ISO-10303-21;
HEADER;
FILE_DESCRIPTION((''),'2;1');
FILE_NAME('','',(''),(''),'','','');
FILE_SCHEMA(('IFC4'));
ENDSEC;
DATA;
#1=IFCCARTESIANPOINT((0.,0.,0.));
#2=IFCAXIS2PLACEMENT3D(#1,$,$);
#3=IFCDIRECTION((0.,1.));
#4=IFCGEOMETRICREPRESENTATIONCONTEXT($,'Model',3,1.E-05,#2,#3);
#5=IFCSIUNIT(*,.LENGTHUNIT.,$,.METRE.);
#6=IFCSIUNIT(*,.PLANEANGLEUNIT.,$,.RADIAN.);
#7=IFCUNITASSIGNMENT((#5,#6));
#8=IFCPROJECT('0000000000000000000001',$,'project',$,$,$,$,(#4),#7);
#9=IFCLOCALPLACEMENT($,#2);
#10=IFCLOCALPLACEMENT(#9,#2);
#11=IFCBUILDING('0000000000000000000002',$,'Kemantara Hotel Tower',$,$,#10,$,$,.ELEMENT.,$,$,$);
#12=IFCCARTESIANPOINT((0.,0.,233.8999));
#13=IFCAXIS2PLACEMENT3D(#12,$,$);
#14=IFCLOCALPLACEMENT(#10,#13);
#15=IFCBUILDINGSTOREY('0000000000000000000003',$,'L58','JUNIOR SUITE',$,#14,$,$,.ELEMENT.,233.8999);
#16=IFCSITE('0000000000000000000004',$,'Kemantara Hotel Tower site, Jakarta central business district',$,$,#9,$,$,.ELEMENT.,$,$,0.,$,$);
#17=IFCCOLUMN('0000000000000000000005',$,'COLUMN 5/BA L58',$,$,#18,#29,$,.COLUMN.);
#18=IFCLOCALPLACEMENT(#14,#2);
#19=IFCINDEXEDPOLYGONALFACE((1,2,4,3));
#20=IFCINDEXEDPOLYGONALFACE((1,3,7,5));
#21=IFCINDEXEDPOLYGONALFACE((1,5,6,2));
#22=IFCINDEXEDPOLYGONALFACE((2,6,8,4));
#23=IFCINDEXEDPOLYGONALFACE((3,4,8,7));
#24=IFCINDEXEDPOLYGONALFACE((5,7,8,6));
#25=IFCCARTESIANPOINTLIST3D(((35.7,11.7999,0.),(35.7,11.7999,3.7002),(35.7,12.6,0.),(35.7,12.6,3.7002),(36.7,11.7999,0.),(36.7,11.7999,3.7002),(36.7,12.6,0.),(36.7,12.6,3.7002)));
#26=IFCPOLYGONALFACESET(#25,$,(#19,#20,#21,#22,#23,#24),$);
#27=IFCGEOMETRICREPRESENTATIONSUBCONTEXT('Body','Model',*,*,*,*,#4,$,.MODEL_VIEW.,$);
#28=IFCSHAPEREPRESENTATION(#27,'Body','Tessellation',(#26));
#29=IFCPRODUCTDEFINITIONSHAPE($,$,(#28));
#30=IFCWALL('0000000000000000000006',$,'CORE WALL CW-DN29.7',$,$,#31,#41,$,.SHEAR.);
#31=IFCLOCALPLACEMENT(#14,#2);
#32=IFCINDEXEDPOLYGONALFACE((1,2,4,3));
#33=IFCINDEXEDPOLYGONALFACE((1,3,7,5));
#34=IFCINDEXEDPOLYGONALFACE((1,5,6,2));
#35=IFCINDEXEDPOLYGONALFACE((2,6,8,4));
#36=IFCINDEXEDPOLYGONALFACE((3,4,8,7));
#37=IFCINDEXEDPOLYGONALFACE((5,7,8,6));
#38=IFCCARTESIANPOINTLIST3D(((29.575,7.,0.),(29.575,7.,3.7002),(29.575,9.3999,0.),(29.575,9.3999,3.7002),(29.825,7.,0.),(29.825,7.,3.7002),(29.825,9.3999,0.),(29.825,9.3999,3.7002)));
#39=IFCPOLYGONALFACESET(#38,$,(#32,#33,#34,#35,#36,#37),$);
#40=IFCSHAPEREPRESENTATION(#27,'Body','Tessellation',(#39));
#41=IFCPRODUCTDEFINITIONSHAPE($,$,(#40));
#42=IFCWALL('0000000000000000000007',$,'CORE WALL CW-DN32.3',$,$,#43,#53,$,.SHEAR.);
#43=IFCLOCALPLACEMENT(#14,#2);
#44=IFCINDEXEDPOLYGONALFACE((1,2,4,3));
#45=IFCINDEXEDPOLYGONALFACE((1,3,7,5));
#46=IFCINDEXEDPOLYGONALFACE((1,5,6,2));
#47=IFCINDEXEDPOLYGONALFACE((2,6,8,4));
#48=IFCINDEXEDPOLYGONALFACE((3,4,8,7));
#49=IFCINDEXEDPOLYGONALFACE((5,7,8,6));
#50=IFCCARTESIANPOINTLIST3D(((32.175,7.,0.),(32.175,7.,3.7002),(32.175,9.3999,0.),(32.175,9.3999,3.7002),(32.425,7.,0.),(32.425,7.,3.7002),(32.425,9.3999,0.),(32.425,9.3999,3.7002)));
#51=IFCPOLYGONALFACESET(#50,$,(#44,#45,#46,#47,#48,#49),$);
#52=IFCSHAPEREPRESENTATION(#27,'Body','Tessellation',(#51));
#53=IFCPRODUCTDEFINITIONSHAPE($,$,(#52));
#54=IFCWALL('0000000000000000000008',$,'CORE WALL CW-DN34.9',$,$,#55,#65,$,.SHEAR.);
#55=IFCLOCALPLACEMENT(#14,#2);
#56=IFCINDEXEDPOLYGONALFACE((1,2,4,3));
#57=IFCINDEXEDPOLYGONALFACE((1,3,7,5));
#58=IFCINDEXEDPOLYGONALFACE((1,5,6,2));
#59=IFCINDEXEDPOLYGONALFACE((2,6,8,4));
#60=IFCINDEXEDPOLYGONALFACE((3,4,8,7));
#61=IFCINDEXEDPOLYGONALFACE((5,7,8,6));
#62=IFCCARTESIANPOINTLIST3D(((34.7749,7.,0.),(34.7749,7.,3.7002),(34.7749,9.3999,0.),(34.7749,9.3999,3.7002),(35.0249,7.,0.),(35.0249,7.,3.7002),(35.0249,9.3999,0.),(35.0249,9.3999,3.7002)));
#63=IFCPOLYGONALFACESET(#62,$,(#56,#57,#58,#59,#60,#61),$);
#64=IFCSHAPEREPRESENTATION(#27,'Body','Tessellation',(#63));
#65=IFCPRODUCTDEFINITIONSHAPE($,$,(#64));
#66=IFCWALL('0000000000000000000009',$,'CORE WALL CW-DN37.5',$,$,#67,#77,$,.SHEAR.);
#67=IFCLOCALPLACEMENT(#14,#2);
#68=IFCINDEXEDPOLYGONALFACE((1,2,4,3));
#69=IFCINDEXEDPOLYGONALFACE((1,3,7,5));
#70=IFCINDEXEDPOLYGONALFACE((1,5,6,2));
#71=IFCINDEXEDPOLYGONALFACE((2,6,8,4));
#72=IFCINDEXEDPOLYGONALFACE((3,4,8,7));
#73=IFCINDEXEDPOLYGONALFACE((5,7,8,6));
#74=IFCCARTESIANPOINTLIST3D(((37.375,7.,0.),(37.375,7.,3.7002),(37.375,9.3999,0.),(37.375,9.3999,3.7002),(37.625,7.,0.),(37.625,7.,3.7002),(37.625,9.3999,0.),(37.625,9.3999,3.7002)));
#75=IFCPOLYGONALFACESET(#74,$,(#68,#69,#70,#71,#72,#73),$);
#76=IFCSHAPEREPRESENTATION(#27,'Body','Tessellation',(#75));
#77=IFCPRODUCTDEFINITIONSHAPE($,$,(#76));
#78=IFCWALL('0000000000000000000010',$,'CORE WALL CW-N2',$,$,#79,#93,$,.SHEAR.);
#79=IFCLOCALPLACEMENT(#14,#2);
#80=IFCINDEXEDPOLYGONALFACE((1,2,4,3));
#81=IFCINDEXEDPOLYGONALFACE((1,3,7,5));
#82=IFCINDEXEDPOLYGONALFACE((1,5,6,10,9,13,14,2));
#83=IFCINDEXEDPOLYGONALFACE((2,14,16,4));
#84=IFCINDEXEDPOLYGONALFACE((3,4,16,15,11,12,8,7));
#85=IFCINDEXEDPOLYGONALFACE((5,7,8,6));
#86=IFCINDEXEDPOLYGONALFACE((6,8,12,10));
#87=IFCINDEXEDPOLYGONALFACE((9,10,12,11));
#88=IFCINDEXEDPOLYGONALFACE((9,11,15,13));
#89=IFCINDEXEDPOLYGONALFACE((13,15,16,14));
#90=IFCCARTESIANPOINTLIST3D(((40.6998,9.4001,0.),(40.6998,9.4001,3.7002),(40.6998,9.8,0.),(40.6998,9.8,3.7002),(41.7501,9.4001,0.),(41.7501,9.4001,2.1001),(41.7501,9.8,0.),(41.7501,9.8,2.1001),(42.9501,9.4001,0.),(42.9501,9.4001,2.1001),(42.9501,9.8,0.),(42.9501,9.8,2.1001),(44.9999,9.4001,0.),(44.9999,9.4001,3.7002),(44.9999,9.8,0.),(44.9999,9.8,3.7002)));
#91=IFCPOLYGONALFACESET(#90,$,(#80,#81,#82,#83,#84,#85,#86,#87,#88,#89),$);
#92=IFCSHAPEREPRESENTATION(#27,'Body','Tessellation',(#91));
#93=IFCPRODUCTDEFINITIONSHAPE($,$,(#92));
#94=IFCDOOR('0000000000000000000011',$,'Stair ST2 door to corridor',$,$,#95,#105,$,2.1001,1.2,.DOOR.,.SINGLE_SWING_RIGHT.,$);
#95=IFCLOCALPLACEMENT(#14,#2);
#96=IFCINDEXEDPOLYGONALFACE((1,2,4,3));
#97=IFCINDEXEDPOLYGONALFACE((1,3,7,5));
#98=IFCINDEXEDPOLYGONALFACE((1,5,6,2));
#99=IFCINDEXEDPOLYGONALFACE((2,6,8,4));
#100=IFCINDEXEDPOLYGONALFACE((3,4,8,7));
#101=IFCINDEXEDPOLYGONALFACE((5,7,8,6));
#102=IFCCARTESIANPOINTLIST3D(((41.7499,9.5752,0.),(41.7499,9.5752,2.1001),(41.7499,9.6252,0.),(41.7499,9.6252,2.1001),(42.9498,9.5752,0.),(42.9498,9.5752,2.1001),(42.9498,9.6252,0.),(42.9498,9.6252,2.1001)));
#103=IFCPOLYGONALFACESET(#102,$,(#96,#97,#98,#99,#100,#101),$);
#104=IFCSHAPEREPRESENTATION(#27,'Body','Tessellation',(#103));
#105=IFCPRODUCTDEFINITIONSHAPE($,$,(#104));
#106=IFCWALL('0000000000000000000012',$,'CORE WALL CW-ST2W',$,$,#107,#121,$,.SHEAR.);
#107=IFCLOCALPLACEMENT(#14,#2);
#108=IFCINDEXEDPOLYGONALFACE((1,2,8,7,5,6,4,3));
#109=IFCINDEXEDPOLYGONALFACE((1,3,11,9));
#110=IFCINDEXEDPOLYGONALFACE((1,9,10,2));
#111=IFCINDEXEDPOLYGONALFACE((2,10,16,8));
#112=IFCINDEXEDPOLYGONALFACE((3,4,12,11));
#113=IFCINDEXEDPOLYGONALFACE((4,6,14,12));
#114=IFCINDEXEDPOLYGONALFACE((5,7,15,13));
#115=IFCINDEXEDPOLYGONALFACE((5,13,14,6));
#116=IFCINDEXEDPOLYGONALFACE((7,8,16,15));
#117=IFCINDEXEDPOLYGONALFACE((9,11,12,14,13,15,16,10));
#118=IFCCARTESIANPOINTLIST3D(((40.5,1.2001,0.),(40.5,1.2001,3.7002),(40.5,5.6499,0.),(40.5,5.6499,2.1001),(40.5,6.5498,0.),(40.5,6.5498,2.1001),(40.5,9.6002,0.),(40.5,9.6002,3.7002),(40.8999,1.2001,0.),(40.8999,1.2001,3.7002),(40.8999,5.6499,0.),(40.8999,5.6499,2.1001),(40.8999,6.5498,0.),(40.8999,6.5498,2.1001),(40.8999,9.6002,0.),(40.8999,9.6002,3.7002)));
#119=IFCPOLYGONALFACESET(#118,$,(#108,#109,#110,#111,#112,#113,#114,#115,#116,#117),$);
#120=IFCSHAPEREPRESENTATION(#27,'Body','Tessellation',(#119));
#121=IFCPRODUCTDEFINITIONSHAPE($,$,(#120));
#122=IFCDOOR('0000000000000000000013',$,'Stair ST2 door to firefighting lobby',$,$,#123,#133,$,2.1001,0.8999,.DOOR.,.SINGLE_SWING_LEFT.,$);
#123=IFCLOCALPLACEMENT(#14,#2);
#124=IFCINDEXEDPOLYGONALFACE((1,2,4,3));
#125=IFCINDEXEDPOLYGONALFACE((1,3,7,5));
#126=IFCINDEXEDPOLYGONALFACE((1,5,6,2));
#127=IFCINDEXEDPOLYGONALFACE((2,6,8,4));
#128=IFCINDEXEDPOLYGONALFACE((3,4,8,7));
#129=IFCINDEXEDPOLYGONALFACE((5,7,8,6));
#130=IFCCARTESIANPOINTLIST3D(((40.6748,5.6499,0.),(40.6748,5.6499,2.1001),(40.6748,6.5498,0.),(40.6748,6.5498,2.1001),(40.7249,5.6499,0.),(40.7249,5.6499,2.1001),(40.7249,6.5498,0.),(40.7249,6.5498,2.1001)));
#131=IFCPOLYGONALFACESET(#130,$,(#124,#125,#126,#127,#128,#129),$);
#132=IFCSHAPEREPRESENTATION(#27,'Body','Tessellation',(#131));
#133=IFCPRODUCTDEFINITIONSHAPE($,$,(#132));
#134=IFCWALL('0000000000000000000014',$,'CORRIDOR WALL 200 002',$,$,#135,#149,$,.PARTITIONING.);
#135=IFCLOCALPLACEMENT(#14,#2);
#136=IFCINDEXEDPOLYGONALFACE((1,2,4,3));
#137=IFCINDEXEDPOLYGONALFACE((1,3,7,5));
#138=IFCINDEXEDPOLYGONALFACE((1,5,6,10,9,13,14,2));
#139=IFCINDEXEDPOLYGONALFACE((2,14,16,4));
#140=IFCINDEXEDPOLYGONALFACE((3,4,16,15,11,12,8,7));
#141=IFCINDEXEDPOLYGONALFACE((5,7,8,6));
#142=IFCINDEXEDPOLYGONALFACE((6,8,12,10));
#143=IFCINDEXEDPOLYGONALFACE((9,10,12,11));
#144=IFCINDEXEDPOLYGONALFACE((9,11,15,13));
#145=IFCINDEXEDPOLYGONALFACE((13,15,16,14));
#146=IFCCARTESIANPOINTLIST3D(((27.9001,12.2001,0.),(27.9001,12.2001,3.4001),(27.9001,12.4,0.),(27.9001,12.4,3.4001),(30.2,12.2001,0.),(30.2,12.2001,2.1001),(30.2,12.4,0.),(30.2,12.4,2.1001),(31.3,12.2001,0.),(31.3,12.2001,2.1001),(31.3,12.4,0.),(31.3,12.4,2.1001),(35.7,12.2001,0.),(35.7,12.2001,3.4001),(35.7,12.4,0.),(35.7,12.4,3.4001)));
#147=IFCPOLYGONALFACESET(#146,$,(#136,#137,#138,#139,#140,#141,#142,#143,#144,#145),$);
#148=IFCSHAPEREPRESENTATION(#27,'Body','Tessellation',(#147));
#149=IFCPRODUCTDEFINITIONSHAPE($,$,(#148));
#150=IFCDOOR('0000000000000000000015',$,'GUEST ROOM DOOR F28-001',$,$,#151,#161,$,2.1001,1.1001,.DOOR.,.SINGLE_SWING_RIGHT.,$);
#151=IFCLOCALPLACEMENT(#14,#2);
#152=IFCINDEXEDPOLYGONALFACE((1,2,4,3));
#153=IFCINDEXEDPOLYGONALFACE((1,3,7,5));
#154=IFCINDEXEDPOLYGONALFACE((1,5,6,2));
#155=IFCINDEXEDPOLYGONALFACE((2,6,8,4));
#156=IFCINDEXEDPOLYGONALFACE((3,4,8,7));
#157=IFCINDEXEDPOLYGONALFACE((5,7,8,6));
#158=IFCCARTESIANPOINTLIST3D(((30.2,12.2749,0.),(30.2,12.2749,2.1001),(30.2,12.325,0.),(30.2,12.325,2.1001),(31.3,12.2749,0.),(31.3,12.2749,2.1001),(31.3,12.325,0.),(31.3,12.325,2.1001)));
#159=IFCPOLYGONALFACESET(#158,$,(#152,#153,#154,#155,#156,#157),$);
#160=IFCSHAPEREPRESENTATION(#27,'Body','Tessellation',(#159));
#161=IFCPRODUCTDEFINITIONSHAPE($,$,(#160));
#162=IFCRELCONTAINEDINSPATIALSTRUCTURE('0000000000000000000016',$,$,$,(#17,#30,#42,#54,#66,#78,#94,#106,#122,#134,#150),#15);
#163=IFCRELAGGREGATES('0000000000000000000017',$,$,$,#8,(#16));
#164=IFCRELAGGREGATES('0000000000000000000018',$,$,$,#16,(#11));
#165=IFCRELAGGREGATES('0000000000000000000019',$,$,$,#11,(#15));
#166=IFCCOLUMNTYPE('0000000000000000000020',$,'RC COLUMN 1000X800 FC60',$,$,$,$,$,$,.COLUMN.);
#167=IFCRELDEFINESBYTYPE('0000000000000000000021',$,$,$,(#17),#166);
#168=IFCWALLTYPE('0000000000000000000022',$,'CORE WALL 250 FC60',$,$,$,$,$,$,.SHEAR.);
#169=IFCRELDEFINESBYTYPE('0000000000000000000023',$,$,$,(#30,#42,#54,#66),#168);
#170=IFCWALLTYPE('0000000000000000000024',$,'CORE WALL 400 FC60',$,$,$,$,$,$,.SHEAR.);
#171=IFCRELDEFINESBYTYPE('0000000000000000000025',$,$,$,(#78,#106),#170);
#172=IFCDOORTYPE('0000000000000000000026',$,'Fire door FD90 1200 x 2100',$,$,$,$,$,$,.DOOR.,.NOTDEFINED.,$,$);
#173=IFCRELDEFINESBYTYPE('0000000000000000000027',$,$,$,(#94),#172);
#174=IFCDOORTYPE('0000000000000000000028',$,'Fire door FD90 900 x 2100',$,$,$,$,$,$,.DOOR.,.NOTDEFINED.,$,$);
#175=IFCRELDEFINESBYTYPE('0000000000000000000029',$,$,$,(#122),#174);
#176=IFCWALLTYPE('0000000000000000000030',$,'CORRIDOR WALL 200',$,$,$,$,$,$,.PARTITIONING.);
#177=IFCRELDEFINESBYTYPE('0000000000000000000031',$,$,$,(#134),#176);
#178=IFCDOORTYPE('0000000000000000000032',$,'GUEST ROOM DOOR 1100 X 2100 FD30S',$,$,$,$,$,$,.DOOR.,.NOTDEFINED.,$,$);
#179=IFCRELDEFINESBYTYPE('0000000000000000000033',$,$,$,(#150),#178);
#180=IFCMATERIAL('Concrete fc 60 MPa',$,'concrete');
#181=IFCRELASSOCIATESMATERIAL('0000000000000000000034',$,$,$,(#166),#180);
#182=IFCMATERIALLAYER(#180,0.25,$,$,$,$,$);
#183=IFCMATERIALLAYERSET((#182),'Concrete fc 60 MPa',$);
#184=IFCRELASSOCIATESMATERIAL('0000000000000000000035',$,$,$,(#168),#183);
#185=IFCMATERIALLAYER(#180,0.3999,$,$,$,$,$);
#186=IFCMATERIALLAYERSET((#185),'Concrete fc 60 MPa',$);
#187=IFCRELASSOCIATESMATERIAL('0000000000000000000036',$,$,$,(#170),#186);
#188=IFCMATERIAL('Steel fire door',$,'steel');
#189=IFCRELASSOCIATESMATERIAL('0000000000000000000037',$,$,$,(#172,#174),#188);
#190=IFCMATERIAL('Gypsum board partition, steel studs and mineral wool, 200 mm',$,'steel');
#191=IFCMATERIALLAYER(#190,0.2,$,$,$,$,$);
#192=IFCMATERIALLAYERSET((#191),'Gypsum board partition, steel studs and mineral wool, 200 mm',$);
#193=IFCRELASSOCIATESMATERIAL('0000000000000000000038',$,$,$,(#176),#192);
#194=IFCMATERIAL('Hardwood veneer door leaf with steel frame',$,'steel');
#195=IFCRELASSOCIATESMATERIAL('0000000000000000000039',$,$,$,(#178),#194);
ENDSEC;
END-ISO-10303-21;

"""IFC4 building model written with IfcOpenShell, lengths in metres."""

from ifc_helpers import new_model, si_unit, direction, frame, frame_2d, origin, origin_2d, place, context, subcontext, project, spatial, rectangle, extrude, material, layer, layer_set, material_profile, profile_set, type_object, element, fill, save


model = new_model("IFC4")

# Units and contexts
model_context = context("Model", 3, precision=1e-05, world=origin(), true_north=direction((0.0, 1.0)))
body_context = subcontext(model_context, "Body", "Model", "MODEL_VIEW")
ifc_project = project(units=[si_unit("LENGTHUNIT", "METRE"), si_unit("PLANEANGLEUNIT", "RADIAN")], contexts=[model_context])

# Site, building, storey
site_placement = place(None, origin())
site = spatial("IfcSite", under=ifc_project, at=site_placement, Name="Kemantara Hotel Tower site, Jakarta central business district", CompositionType="ELEMENT", RefElevation=0.0)
building_placement = place(site_placement, origin())
building = spatial("IfcBuilding", under=site, at=building_placement, Name="Kemantara Hotel Tower", CompositionType="ELEMENT")
storey_placement = place(building_placement, frame((0.0, 0.0, 233.8999)))
storey = spatial("IfcBuildingStorey", under=building, at=storey_placement, Name="L58", Description="JUNIOR SUITE", CompositionType="ELEMENT", Elevation=233.8999)

# Column
ifc_material_1 = material(Name="Concrete fc 60 MPa", Category="concrete")
ifc_material_profile = material_profile(ifc_material_1, rectangle(XDim=1.0, YDim=0.8, at=origin_2d()), Name="RC 1000X800")
ifc_profile_set = profile_set([ifc_material_profile], Name="Concrete fc 60 MPa")
column_type = type_object("IfcColumnType", Name="RC COLUMN 1000X800 FC60", PredefinedType="COLUMN", material=ifc_profile_set)
column_placement = place(storey_placement, frame((36.2, 12.2, 0.0), z_axis=(0.0, 0.0, 1.0), x_axis=(1.0, 0.0, 0.0)))
element("IfcColumn", 1, at=column_placement, inside=storey, type_object=column_type, Name="COLUMN 5/BA L58", PredefinedType="COLUMN", context=body_context, shape_type="SweptSolid", body=[
    extrude(rectangle(XDim=1.0, YDim=0.8, at=origin_2d()), origin(), (0.0, 0.0, 1.0), 3.7002),
])

# Walls
ifc_layer_1 = layer(ifc_material_1, 0.25)
ifc_layer_set_1 = layer_set([ifc_layer_1], Name="Concrete fc 60 MPa")
wall_type_1 = type_object("IfcWallType", Name="CORE WALL 250 FC60", PredefinedType="SHEAR", material=ifc_layer_set_1)
for number, where, z_axis, x_axis, name in (
    (2, (29.7, 7.0, 0.0), (0.0, 0.0, 1.0), (0.0, 1.0, 0.0), "CORE WALL CW-DN29.7"),
    (3, (32.3, 7.0, 0.0), (0.0, 0.0, 1.0), (0.0, 1.0, 0.0), "CORE WALL CW-DN32.3"),
    (4, (34.8999, 7.0, 0.0), (0.0, 0.0, 1.0), (0.0, 1.0, 0.0), "CORE WALL CW-DN34.9"),
    (5, (37.5, 7.0, 0.0), (0.0, 0.0, 1.0), (0.0, 1.0, 0.0), "CORE WALL CW-DN37.5"),
):
    element("IfcWall", number, at=place(storey_placement, frame(where, z_axis=z_axis, x_axis=x_axis)), inside=storey, type_object=wall_type_1, Name=name, PredefinedType="SHEAR", context=body_context, shape_type="SweptSolid", body=[
        extrude(rectangle(XDim=2.3999, YDim=0.25, at=frame_2d((1.2, 0.0))), origin(), (0.0, 0.0, 1.0), 3.7002),
    ])

# Walls, openings, doors
ifc_layer_2 = layer(ifc_material_1, 0.3999)
ifc_layer_set_2 = layer_set([ifc_layer_2], Name="Concrete fc 60 MPa")
wall_type_2 = type_object("IfcWallType", Name="CORE WALL 400 FC60", PredefinedType="SHEAR", material=ifc_layer_set_2)
wall_1_placement = place(storey_placement, frame((40.7, 9.6001, 0.0), z_axis=(0.0, 0.0, 1.0), x_axis=(1.0, 0.0, 0.0)))
wall_1 = element("IfcWall", 6, at=wall_1_placement, inside=storey, type_object=wall_type_2, Name="CORE WALL CW-N2", PredefinedType="SHEAR", context=body_context, shape_type="SweptSolid", body=[
    extrude(rectangle(XDim=4.3, YDim=0.3999, at=frame_2d((2.1499, 0.0))), origin(), (0.0, 0.0, 1.0), 3.7002),
])
opening_1_placement = place(wall_1_placement, frame((1.05, 0.0, 0.0)))
opening_1 = element("IfcOpeningElement", 7, at=opening_1_placement, cuts=wall_1, PredefinedType="OPENING", context=body_context, shape_type="SweptSolid", body=[
    extrude(rectangle(XDim=1.2, YDim=2.1001, at=frame_2d((0.6001, 1.05))), frame((0.0, 0.21, 0.0), z_axis=(0.0, -1.0, 0.0), x_axis=(1.0, 0.0, 0.0)), (0.0, 0.0, 1.0), 0.4199),
])
ifc_material_2 = material(Name="Steel fire door", Category="steel")
door_type_1 = type_object("IfcDoorType", Name="Fire door FD90 1200 x 2100", OperationType="NOTDEFINED", PredefinedType="DOOR", material=ifc_material_2)
door_1_placement = place(opening_1_placement, frame((1.2, 0.0, 0.0), z_axis=(0.0, 0.0, 1.0), x_axis=(-1.0, 0.0, 0.0)))
door_1 = element("IfcDoor", 8, at=door_1_placement, inside=storey, type_object=door_type_1, Name="Stair ST2 door to corridor", OperationType="SINGLE_SWING_RIGHT", OverallHeight=2.1001, OverallWidth=1.2, PredefinedType="DOOR", context=body_context, shape_type="SweptSolid", body=[
    extrude(rectangle(XDim=1.2, YDim=2.1001, at=frame_2d((0.6001, 1.05))), frame((0.0, 0.0249, 0.0), z_axis=(0.0, -1.0, 0.0), x_axis=(1.0, 0.0, 0.0)), (0.0, 0.0, 1.0), 0.05),
])
fill(opening_1, door_1)
wall_2_placement = place(storey_placement, frame((40.7, 1.2, 0.0), z_axis=(0.0, 0.0, 1.0), x_axis=(0.0, 1.0, 0.0)))
wall_2 = element("IfcWall", 9, at=wall_2_placement, inside=storey, type_object=wall_type_2, Name="CORE WALL CW-ST2W", PredefinedType="SHEAR", context=body_context, shape_type="SweptSolid", body=[
    extrude(rectangle(XDim=8.4001, YDim=0.3999, at=frame_2d((4.2002, 0.0))), origin(), (0.0, 0.0, 1.0), 3.7002),
])
opening_2_placement = place(wall_2_placement, frame((4.45, 0.0, 0.0)))
opening_2 = element("IfcOpeningElement", 10, at=opening_2_placement, cuts=wall_2, PredefinedType="OPENING", context=body_context, shape_type="SweptSolid", body=[
    extrude(rectangle(XDim=0.8999, YDim=2.1001, at=frame_2d((0.45, 1.05))), frame((0.0, 0.21, 0.0), z_axis=(0.0, -1.0, 0.0), x_axis=(1.0, 0.0, 0.0)), (0.0, 0.0, 1.0), 0.4199),
])
door_type_2 = type_object("IfcDoorType", Name="Fire door FD90 900 x 2100", OperationType="NOTDEFINED", PredefinedType="DOOR", material=ifc_material_2)
door_2_placement = place(opening_2_placement, frame((0.8999, 0.0, 0.0), z_axis=(0.0, 0.0, 1.0), x_axis=(-1.0, 0.0, 0.0)))
door_2 = element("IfcDoor", 11, at=door_2_placement, inside=storey, type_object=door_type_2, Name="Stair ST2 door to firefighting lobby", OperationType="SINGLE_SWING_LEFT", OverallHeight=2.1001, OverallWidth=0.8999, PredefinedType="DOOR", context=body_context, shape_type="SweptSolid", body=[
    extrude(rectangle(XDim=0.8999, YDim=2.1001, at=frame_2d((0.45, 1.05))), frame((0.0, 0.0249, 0.0), z_axis=(0.0, -1.0, 0.0), x_axis=(1.0, 0.0, 0.0)), (0.0, 0.0, 1.0), 0.05),
])
fill(opening_2, door_2)
ifc_material_3 = material(Name="Gypsum board partition, steel studs and mineral wool, 200 mm", Category="steel")
ifc_layer_3 = layer(ifc_material_3, 0.2)
ifc_layer_set_3 = layer_set([ifc_layer_3], Name="Gypsum board partition, steel studs and mineral wool, 200 mm")
wall_type_3 = type_object("IfcWallType", Name="CORRIDOR WALL 200", PredefinedType="PARTITIONING", material=ifc_layer_set_3)
wall_3_placement = place(storey_placement, frame((27.9001, 12.3, 0.0), z_axis=(0.0, 0.0, 1.0), x_axis=(1.0, 0.0, 0.0)))
wall_3 = element("IfcWall", 12, at=wall_3_placement, inside=storey, type_object=wall_type_3, Name="CORRIDOR WALL 200 002", PredefinedType="PARTITIONING", context=body_context, shape_type="SweptSolid", body=[
    extrude(rectangle(XDim=7.7998, YDim=0.2, at=frame_2d((3.8999, 0.0))), origin(), (0.0, 0.0, 1.0), 3.4001),
])
opening_3_placement = place(wall_3_placement, frame((2.2998, 0.0, 0.0)))
opening_3 = element("IfcOpeningElement", 13, at=opening_3_placement, cuts=wall_3, PredefinedType="OPENING", context=body_context, shape_type="SweptSolid", body=[
    extrude(rectangle(XDim=1.1001, YDim=2.1001, at=frame_2d((0.55, 1.05))), frame((0.0, 0.1099, 0.0), z_axis=(0.0, -1.0, 0.0), x_axis=(1.0, 0.0, 0.0)), (0.0, 0.0, 1.0), 0.22),
])
ifc_material_4 = material(Name="Hardwood veneer door leaf with steel frame", Category="steel")
door_type_3 = type_object("IfcDoorType", Name="GUEST ROOM DOOR 1100 X 2100 FD30S", OperationType="NOTDEFINED", PredefinedType="DOOR", material=ifc_material_4)
door_3_placement = place(opening_3_placement, origin())
door_3 = element("IfcDoor", 14, at=door_3_placement, inside=storey, type_object=door_type_3, Name="GUEST ROOM DOOR F28-001", OperationType="SINGLE_SWING_RIGHT", OverallHeight=2.1001, OverallWidth=1.1001, PredefinedType="DOOR", context=body_context, shape_type="SweptSolid", body=[
    extrude(rectangle(XDim=1.1001, YDim=2.1001, at=frame_2d((0.55, 1.05))), frame((0.0, 0.0249, 0.0), z_axis=(0.0, -1.0, 0.0), x_axis=(1.0, 0.0, 0.0)), (0.0, 0.0, 1.0), 0.05),
])
fill(opening_3, door_3)

save(model, "model.ifc")
